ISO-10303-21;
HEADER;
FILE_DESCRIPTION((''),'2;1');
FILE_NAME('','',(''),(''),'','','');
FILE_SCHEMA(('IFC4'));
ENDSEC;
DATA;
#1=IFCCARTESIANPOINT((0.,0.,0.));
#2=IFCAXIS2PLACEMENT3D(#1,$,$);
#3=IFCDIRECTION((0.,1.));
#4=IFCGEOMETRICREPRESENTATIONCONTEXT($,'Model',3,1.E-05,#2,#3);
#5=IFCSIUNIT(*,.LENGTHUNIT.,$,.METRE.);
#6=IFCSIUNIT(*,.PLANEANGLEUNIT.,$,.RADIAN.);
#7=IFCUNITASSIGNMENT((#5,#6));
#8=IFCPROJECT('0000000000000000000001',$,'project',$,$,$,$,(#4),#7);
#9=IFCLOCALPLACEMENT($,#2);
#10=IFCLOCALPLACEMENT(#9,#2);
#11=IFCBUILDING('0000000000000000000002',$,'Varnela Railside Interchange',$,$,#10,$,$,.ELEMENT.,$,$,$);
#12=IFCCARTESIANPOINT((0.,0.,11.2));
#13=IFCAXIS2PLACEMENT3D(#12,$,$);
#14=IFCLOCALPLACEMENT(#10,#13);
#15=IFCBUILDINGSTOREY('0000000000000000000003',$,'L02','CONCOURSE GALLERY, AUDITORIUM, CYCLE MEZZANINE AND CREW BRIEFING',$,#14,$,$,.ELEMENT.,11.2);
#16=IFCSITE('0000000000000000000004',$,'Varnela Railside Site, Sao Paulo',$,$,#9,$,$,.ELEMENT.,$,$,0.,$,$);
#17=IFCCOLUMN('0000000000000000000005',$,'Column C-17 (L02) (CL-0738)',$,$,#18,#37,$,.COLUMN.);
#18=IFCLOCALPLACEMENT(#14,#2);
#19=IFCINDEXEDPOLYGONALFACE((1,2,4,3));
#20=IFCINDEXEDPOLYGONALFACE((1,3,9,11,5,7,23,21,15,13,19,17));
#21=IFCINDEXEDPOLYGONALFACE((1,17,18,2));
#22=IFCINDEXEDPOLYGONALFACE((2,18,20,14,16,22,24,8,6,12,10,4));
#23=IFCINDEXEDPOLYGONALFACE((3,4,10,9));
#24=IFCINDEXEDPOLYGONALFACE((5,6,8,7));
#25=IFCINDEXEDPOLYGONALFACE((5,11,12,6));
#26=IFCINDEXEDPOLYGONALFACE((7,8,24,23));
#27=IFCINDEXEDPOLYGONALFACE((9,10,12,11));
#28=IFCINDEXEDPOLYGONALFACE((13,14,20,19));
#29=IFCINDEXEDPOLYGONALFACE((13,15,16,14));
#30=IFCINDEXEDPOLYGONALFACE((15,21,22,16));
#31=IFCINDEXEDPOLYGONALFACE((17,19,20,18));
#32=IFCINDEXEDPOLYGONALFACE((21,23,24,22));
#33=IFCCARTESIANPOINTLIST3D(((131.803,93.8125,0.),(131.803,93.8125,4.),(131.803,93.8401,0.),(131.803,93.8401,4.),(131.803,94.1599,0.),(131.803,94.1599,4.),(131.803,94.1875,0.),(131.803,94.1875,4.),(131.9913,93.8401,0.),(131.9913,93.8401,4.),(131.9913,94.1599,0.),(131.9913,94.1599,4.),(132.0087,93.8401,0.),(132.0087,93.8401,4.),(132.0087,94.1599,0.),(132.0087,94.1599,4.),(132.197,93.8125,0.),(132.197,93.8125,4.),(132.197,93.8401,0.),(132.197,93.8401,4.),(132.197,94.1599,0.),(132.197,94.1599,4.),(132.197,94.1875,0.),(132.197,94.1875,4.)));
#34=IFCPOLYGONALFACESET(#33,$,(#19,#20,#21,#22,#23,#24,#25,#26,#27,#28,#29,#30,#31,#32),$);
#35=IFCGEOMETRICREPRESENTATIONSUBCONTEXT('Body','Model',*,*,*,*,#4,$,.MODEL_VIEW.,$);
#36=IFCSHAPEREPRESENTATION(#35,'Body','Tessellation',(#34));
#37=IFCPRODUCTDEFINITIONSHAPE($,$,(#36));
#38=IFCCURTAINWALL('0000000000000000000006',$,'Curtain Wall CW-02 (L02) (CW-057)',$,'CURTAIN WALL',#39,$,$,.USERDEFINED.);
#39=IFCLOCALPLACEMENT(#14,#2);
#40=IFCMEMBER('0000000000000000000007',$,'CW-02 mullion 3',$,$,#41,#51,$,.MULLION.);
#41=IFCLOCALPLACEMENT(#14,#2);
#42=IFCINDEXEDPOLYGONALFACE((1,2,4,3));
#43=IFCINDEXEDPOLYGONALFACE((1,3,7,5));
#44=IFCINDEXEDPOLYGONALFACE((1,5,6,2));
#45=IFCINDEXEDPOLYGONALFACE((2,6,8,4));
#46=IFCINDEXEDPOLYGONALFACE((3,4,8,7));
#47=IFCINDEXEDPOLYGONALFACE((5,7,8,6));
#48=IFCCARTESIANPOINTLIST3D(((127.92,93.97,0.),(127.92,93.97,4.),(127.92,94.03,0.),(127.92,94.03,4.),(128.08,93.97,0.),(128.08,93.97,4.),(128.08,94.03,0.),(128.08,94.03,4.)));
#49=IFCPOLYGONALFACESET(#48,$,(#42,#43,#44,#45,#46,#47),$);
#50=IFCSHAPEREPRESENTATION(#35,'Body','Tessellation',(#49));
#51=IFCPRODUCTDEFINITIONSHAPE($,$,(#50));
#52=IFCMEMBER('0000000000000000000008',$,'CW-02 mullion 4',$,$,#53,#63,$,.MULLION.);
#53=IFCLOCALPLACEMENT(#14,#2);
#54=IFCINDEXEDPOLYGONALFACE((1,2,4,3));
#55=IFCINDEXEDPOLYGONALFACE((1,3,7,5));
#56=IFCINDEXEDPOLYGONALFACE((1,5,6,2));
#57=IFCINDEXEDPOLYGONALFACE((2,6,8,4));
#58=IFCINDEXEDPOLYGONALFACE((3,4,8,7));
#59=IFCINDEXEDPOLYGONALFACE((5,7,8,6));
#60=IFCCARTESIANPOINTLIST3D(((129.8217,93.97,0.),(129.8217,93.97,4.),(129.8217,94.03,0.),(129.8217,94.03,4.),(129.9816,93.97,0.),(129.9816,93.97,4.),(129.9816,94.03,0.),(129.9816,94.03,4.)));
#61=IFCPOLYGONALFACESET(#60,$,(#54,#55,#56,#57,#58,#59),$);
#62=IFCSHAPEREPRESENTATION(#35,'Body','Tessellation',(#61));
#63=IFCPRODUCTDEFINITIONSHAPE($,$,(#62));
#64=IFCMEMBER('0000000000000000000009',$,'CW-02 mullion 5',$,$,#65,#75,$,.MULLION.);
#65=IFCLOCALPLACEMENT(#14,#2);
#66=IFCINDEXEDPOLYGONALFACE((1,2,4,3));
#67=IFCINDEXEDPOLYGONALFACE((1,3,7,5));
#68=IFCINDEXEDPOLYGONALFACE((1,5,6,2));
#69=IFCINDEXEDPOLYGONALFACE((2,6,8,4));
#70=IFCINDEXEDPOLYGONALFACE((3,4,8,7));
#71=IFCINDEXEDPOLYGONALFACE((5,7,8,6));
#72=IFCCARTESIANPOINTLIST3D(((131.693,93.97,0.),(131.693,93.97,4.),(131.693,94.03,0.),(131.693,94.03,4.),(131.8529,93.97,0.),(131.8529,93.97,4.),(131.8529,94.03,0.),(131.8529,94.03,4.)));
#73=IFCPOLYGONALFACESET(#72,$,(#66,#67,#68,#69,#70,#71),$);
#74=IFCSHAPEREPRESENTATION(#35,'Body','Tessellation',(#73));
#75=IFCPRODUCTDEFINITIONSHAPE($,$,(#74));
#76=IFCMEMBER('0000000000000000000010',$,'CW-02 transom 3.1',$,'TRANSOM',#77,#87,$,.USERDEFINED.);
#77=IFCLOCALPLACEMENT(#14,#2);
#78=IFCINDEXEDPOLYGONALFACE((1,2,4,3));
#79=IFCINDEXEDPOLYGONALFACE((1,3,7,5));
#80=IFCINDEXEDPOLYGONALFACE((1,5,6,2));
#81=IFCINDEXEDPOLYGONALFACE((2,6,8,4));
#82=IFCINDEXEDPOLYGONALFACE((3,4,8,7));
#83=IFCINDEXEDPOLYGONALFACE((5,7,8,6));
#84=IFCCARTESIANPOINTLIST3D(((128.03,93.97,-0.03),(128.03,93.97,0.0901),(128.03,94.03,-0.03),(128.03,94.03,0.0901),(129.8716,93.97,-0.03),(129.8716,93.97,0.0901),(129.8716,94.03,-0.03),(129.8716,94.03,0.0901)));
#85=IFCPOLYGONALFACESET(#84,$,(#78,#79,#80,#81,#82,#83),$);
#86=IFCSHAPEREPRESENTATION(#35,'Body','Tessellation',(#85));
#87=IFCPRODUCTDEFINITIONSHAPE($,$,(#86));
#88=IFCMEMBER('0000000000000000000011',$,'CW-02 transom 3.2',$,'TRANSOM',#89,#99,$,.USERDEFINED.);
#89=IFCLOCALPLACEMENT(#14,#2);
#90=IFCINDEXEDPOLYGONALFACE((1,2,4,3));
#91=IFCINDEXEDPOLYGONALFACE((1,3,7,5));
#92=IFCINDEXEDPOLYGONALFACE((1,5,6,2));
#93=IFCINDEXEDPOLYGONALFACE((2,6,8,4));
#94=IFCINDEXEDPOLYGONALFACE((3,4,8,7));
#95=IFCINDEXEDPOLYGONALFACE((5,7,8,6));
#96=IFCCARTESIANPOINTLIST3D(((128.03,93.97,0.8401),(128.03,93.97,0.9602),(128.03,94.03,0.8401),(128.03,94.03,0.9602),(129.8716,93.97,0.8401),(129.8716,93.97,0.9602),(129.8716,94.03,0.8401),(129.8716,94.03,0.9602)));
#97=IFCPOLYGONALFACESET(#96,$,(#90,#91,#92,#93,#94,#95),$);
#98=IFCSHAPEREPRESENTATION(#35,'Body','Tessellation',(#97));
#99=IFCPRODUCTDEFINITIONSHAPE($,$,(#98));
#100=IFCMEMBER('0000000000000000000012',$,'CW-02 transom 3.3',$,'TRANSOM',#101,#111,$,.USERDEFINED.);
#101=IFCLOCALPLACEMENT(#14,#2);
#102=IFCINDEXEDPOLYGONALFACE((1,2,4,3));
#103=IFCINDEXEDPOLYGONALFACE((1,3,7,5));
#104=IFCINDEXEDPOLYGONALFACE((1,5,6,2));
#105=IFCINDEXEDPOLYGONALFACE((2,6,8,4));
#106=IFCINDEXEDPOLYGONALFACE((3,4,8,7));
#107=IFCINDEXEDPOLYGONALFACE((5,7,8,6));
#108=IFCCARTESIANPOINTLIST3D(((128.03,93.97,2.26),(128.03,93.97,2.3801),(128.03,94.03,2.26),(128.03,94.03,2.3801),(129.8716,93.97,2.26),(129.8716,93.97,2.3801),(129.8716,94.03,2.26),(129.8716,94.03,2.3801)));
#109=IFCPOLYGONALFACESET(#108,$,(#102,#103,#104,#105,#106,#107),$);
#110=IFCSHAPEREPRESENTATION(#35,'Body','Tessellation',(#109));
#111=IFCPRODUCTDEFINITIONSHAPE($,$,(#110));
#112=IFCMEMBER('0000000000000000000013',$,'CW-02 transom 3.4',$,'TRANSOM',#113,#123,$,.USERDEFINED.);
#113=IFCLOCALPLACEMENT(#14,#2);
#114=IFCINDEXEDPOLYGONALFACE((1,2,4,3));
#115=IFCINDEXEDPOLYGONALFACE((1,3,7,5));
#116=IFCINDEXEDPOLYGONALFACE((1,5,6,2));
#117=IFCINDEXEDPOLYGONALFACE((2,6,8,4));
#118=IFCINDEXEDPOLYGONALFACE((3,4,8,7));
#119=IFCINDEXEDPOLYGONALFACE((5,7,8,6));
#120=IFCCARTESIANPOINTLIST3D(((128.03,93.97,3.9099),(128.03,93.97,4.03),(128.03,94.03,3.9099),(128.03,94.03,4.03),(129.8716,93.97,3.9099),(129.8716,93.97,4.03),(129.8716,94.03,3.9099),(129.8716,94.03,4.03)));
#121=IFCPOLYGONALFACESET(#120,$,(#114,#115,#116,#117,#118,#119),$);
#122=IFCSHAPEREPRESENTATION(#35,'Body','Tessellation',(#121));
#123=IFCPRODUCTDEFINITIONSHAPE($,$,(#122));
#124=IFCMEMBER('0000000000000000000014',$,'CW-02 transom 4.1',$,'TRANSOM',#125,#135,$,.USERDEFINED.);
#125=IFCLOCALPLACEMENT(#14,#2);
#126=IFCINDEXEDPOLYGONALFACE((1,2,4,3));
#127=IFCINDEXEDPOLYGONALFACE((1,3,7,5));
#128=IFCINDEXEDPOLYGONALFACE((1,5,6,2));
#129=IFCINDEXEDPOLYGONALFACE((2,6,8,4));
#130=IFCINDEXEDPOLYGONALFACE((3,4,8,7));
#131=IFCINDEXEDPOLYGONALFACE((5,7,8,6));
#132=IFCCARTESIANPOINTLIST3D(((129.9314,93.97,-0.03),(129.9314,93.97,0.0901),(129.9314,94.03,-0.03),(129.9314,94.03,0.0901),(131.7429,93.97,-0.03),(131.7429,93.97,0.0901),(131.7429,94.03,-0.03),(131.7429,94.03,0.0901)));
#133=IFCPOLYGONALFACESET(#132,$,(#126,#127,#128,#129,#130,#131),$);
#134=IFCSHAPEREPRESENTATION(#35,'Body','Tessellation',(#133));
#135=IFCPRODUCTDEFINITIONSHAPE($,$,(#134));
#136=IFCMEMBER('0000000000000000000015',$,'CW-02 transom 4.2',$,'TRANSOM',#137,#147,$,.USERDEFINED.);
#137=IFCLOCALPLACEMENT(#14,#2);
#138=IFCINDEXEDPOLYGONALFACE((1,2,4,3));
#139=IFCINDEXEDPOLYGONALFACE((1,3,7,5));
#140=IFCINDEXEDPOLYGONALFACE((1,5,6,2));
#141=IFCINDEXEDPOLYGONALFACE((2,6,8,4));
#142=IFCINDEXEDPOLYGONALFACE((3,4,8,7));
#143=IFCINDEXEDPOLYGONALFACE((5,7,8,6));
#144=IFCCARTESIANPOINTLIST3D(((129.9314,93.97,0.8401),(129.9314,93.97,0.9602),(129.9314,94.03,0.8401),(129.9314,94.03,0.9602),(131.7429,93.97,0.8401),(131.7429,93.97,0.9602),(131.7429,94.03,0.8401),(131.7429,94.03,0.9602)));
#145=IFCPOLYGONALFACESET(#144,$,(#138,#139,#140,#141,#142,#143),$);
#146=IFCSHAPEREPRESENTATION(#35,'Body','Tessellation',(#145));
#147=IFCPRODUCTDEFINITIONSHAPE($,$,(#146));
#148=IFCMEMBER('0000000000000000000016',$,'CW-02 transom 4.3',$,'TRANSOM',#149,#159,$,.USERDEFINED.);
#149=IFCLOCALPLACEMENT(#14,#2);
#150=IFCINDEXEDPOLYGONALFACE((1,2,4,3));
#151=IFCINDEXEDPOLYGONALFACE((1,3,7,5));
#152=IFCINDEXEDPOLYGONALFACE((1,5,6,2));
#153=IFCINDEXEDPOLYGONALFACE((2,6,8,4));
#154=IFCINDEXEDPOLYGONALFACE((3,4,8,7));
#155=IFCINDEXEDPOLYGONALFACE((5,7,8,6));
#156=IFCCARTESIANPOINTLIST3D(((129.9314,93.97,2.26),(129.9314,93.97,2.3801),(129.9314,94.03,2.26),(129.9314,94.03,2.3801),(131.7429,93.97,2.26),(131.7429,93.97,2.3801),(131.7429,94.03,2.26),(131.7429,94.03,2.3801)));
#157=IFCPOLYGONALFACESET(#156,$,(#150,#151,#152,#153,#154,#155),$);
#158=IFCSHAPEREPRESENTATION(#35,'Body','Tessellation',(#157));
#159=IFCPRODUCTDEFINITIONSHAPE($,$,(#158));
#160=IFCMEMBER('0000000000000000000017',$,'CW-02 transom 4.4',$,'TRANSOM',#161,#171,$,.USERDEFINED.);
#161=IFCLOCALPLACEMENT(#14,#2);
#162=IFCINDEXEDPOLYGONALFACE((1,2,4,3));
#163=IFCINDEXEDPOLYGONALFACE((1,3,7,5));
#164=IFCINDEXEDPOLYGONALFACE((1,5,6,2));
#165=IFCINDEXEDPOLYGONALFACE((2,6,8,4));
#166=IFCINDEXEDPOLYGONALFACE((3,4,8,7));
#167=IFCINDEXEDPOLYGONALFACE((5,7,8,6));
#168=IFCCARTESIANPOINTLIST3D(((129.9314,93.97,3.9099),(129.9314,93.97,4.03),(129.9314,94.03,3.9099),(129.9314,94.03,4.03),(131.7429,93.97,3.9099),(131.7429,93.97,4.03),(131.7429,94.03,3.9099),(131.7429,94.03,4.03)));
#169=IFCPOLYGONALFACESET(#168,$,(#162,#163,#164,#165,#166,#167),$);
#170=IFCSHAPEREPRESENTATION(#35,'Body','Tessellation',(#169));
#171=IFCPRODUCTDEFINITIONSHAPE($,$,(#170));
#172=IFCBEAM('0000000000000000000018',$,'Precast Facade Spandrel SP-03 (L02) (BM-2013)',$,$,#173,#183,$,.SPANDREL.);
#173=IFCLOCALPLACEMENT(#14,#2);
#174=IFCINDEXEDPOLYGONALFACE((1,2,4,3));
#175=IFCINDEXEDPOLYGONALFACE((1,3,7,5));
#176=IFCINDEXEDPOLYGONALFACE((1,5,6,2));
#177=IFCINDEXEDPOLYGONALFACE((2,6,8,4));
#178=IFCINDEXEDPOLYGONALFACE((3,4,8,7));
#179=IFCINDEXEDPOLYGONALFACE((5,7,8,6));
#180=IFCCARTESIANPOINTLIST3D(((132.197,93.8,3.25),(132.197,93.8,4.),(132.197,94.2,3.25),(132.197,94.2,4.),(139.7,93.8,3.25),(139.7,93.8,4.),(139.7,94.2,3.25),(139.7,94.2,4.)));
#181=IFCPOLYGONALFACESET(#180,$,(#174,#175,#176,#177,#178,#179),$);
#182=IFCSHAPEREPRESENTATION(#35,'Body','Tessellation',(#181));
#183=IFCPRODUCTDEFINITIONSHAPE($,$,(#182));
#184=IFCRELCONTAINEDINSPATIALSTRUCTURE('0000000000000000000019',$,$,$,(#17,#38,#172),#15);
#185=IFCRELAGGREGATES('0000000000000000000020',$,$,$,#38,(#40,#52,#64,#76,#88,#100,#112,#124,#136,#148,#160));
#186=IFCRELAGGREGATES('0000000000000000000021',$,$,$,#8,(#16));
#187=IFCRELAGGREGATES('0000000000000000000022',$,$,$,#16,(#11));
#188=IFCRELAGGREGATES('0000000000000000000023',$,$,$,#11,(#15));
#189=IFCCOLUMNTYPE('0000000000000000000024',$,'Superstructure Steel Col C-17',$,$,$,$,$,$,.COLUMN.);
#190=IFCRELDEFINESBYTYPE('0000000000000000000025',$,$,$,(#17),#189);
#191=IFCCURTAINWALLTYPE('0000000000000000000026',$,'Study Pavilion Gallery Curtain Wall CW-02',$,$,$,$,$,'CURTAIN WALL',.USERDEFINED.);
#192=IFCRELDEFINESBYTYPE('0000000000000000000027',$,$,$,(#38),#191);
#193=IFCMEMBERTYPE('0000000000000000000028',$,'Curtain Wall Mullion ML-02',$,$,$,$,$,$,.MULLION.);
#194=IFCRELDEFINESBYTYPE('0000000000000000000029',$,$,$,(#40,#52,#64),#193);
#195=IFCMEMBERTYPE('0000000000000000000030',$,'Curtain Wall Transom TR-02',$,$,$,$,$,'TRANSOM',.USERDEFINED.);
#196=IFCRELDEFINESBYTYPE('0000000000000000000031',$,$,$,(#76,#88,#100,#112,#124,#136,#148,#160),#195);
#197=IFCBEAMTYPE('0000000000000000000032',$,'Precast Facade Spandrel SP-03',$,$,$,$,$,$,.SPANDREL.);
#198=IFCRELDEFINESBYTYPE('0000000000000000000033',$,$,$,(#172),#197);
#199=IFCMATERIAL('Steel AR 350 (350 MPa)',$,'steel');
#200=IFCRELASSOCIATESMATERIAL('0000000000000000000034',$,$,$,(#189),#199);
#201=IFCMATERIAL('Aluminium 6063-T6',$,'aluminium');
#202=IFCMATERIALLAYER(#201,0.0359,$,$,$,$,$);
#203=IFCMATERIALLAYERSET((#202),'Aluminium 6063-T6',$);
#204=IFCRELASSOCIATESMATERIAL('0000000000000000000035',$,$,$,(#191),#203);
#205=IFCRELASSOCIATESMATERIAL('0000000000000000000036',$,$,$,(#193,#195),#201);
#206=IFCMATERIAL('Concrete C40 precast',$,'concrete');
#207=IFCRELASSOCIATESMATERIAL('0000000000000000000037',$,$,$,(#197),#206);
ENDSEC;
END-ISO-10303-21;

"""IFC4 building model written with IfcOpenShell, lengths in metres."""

from ifc_helpers import new_model, si_unit, direction, frame, origin, origin_2d, place, context, subcontext, project, spatial, rectangle, i_section, extrude, material, layer, layer_set, material_profile, profile_set, type_object, element, aggregate, save


model = new_model("IFC4")

# Units and contexts
model_context = context("Model", 3, precision=1e-05, world=origin(), true_north=direction((0.0, 1.0)))
body_context = subcontext(model_context, "Body", "Model", "MODEL_VIEW")
ifc_project = project(units=[si_unit("LENGTHUNIT", "METRE"), si_unit("PLANEANGLEUNIT", "RADIAN")], contexts=[model_context])

# Site, building, storey
site_placement = place(None, origin())
site = spatial("IfcSite", under=ifc_project, at=site_placement, Name="Varnela Railside Site, Sao Paulo", CompositionType="ELEMENT", RefElevation=0.0)
building_placement = place(site_placement, origin())
building = spatial("IfcBuilding", under=site, at=building_placement, Name="Varnela Railside Interchange", CompositionType="ELEMENT")
storey_placement = place(building_placement, frame((0.0, 0.0, 11.2)))
storey = spatial("IfcBuildingStorey", under=building, at=storey_placement, Name="L02", Description="CONCOURSE GALLERY, AUDITORIUM, CYCLE MEZZANINE AND CREW BRIEFING", CompositionType="ELEMENT", Elevation=11.2)

# Column
ifc_material_1 = material(Name="Steel AR 350 (350 MPa)", Category="steel")
ifc_material_profile_1 = material_profile(ifc_material_1, i_section(OverallWidth=0.394, OverallDepth=0.375, WebThickness=0.0173, FlangeThickness=0.0276, at=origin_2d()), Name="W360x216")
ifc_profile_set_1 = profile_set([ifc_material_profile_1], Name="Steel AR 350 (350 MPa)")
column_type = type_object("IfcColumnType", Name="Superstructure Steel Col C-17", PredefinedType="COLUMN", material=ifc_profile_set_1)
column_placement = place(storey_placement, frame((132.0, 94.0, 0.0), z_axis=(0.0, 0.0, 1.0), x_axis=(1.0, 0.0, 0.0)))
element("IfcColumn", 1, at=column_placement, inside=storey, type_object=column_type, Name="Column C-17 (L02) (CL-0738)", PredefinedType="COLUMN", context=body_context, shape_type="SweptSolid", body=[
    extrude(i_section(OverallWidth=0.394, OverallDepth=0.375, WebThickness=0.0173, FlangeThickness=0.0276, at=origin_2d()), origin(), (0.0, 0.0, 1.0), 4.0),
])

# Curtain wall, members
ifc_material_2 = material(Name="Aluminium 6063-T6", Category="aluminium")
ifc_layer_1 = layer(ifc_material_2, 0.0359)
ifc_layer_set_1 = layer_set([ifc_layer_1], Name="Aluminium 6063-T6")
curtain_wall_type = type_object("IfcCurtainWallType", Name="Study Pavilion Gallery Curtain Wall CW-02", ElementType="CURTAIN WALL", PredefinedType="USERDEFINED", material=ifc_layer_set_1)
curtain_wall_placement = place(storey_placement, origin())
curtain_wall = element("IfcCurtainWall", 2, at=curtain_wall_placement, inside=storey, type_object=curtain_wall_type, Name="Curtain Wall CW-02 (L02) (CW-057)", ObjectType="CURTAIN WALL", PredefinedType="USERDEFINED")
ifc_material_profile_2 = material_profile(ifc_material_2, rectangle(XDim=0.0601, YDim=0.1599, at=origin_2d()), Name="ALU 60x160")
ifc_profile_set_2 = profile_set([ifc_material_profile_2], Name="Aluminium 6063-T6")
member_type_1 = type_object("IfcMemberType", Name="Curtain Wall Mullion ML-02", PredefinedType="MULLION", material=ifc_profile_set_2)
member_1_placement = place(storey_placement, frame((128.0, 94.0, 0.0), z_axis=(0.0, 0.0, 1.0), x_axis=(0.0, 1.0, 0.0)))
member_1 = element("IfcMember", 3, at=member_1_placement, type_object=member_type_1, Name="CW-02 mullion 3", PredefinedType="MULLION", context=body_context, shape_type="SweptSolid", body=[
    extrude(rectangle(XDim=0.0601, YDim=0.1599, at=origin_2d()), origin(), (0.0, 0.0, 1.0), 4.0),
])
member_2_placement = place(storey_placement, frame((129.9016, 94.0, 0.0), z_axis=(0.0, 0.0, 1.0), x_axis=(0.0, 1.0, 0.0)))
member_2 = element("IfcMember", 4, at=member_2_placement, type_object=member_type_1, Name="CW-02 mullion 4", PredefinedType="MULLION", context=body_context, shape_type="SweptSolid", body=[
    extrude(rectangle(XDim=0.0601, YDim=0.1599, at=origin_2d()), origin(), (0.0, 0.0, 1.0), 4.0),
])
member_3_placement = place(storey_placement, frame((131.7729, 94.0, 0.0), z_axis=(0.0, 0.0, 1.0), x_axis=(0.0, 1.0, 0.0)))
member_3 = element("IfcMember", 5, at=member_3_placement, type_object=member_type_1, Name="CW-02 mullion 5", PredefinedType="MULLION", context=body_context, shape_type="SweptSolid", body=[
    extrude(rectangle(XDim=0.0601, YDim=0.1599, at=origin_2d()), origin(), (0.0, 0.0, 1.0), 4.0),
])
ifc_material_profile_3 = material_profile(ifc_material_2, rectangle(XDim=0.0601, YDim=0.1201, at=origin_2d()), Name="ALU 60x120")
ifc_profile_set_3 = profile_set([ifc_material_profile_3], Name="Aluminium 6063-T6")
member_type_2 = type_object("IfcMemberType", Name="Curtain Wall Transom TR-02", ElementType="TRANSOM", PredefinedType="USERDEFINED", material=ifc_profile_set_3)
member_4_placement = place(storey_placement, frame((128.03, 94.0, 0.03), z_axis=(1.0, 0.0, 0.0), x_axis=(0.0, 1.0, 0.0)))
member_4 = element("IfcMember", 6, at=member_4_placement, type_object=member_type_2, Name="CW-02 transom 3.1", ObjectType="TRANSOM", PredefinedType="USERDEFINED", context=body_context, shape_type="SweptSolid", body=[
    extrude(rectangle(XDim=0.0601, YDim=0.1201, at=origin_2d()), origin(), (0.0, 0.0, 1.0), 1.8416),
])
member_5_placement = place(storey_placement, frame((128.03, 94.0, 0.9001), z_axis=(1.0, 0.0, 0.0), x_axis=(0.0, 1.0, 0.0)))
member_5 = element("IfcMember", 7, at=member_5_placement, type_object=member_type_2, Name="CW-02 transom 3.2", ObjectType="TRANSOM", PredefinedType="USERDEFINED", context=body_context, shape_type="SweptSolid", body=[
    extrude(rectangle(XDim=0.0601, YDim=0.1201, at=origin_2d()), origin(), (0.0, 0.0, 1.0), 1.8416),
])
member_6_placement = place(storey_placement, frame((128.03, 94.0, 2.3201), z_axis=(1.0, 0.0, 0.0), x_axis=(0.0, 1.0, 0.0)))
member_6 = element("IfcMember", 8, at=member_6_placement, type_object=member_type_2, Name="CW-02 transom 3.3", ObjectType="TRANSOM", PredefinedType="USERDEFINED", context=body_context, shape_type="SweptSolid", body=[
    extrude(rectangle(XDim=0.0601, YDim=0.1201, at=origin_2d()), origin(), (0.0, 0.0, 1.0), 1.8416),
])
member_7_placement = place(storey_placement, frame((128.03, 94.0, 3.97), z_axis=(1.0, 0.0, 0.0), x_axis=(0.0, 1.0, 0.0)))
member_7 = element("IfcMember", 9, at=member_7_placement, type_object=member_type_2, Name="CW-02 transom 3.4", ObjectType="TRANSOM", PredefinedType="USERDEFINED", context=body_context, shape_type="SweptSolid", body=[
    extrude(rectangle(XDim=0.0601, YDim=0.1201, at=origin_2d()), origin(), (0.0, 0.0, 1.0), 1.8416),
])
member_8_placement = place(storey_placement, frame((129.9314, 94.0, 0.03), z_axis=(1.0, 0.0, 0.0), x_axis=(0.0, 1.0, 0.0)))
member_8 = element("IfcMember", 10, at=member_8_placement, type_object=member_type_2, Name="CW-02 transom 4.1", ObjectType="TRANSOM", PredefinedType="USERDEFINED", context=body_context, shape_type="SweptSolid", body=[
    extrude(rectangle(XDim=0.0601, YDim=0.1201, at=origin_2d()), origin(), (0.0, 0.0, 1.0), 1.8115),
])
member_9_placement = place(storey_placement, frame((129.9314, 94.0, 0.9001), z_axis=(1.0, 0.0, 0.0), x_axis=(0.0, 1.0, 0.0)))
member_9 = element("IfcMember", 11, at=member_9_placement, type_object=member_type_2, Name="CW-02 transom 4.2", ObjectType="TRANSOM", PredefinedType="USERDEFINED", context=body_context, shape_type="SweptSolid", body=[
    extrude(rectangle(XDim=0.0601, YDim=0.1201, at=origin_2d()), origin(), (0.0, 0.0, 1.0), 1.8115),
])
member_10_placement = place(storey_placement, frame((129.9314, 94.0, 2.3201), z_axis=(1.0, 0.0, 0.0), x_axis=(0.0, 1.0, 0.0)))
member_10 = element("IfcMember", 12, at=member_10_placement, type_object=member_type_2, Name="CW-02 transom 4.3", ObjectType="TRANSOM", PredefinedType="USERDEFINED", context=body_context, shape_type="SweptSolid", body=[
    extrude(rectangle(XDim=0.0601, YDim=0.1201, at=origin_2d()), origin(), (0.0, 0.0, 1.0), 1.8115),
])
member_11_placement = place(storey_placement, frame((129.9314, 94.0, 3.97), z_axis=(1.0, 0.0, 0.0), x_axis=(0.0, 1.0, 0.0)))
member_11 = element("IfcMember", 13, at=member_11_placement, type_object=member_type_2, Name="CW-02 transom 4.4", ObjectType="TRANSOM", PredefinedType="USERDEFINED", context=body_context, shape_type="SweptSolid", body=[
    extrude(rectangle(XDim=0.0601, YDim=0.1201, at=origin_2d()), origin(), (0.0, 0.0, 1.0), 1.8115),
])

# Beam
ifc_material_3 = material(Name="Concrete C40 precast", Category="concrete")
ifc_material_profile_4 = material_profile(ifc_material_3, rectangle(XDim=0.3999, YDim=0.75, at=origin_2d()), Name="PC 400x750")
ifc_profile_set_4 = profile_set([ifc_material_profile_4], Name="Concrete C40 precast")
beam_type = type_object("IfcBeamType", Name="Precast Facade Spandrel SP-03", PredefinedType="SPANDREL", material=ifc_profile_set_4)
beam_1_placement = place(storey_placement, frame((132.197, 94.0, 3.625), z_axis=(1.0, 0.0, 0.0), x_axis=(0.0, 1.0, 0.0)))
element("IfcBeam", 14, at=beam_1_placement, inside=storey, type_object=beam_type, Name="Precast Facade Spandrel SP-03 (L02) (BM-2013)", PredefinedType="SPANDREL", context=body_context, shape_type="SweptSolid", body=[
    extrude(rectangle(XDim=0.3999, YDim=0.75, at=origin_2d()), origin(), (0.0, 0.0, 1.0), 7.5029),
])

aggregate(curtain_wall, [member_1, member_2, member_3, member_4, member_5, member_6, member_7, member_8, member_9, member_10, member_11])

save(model, "model.ifc")
